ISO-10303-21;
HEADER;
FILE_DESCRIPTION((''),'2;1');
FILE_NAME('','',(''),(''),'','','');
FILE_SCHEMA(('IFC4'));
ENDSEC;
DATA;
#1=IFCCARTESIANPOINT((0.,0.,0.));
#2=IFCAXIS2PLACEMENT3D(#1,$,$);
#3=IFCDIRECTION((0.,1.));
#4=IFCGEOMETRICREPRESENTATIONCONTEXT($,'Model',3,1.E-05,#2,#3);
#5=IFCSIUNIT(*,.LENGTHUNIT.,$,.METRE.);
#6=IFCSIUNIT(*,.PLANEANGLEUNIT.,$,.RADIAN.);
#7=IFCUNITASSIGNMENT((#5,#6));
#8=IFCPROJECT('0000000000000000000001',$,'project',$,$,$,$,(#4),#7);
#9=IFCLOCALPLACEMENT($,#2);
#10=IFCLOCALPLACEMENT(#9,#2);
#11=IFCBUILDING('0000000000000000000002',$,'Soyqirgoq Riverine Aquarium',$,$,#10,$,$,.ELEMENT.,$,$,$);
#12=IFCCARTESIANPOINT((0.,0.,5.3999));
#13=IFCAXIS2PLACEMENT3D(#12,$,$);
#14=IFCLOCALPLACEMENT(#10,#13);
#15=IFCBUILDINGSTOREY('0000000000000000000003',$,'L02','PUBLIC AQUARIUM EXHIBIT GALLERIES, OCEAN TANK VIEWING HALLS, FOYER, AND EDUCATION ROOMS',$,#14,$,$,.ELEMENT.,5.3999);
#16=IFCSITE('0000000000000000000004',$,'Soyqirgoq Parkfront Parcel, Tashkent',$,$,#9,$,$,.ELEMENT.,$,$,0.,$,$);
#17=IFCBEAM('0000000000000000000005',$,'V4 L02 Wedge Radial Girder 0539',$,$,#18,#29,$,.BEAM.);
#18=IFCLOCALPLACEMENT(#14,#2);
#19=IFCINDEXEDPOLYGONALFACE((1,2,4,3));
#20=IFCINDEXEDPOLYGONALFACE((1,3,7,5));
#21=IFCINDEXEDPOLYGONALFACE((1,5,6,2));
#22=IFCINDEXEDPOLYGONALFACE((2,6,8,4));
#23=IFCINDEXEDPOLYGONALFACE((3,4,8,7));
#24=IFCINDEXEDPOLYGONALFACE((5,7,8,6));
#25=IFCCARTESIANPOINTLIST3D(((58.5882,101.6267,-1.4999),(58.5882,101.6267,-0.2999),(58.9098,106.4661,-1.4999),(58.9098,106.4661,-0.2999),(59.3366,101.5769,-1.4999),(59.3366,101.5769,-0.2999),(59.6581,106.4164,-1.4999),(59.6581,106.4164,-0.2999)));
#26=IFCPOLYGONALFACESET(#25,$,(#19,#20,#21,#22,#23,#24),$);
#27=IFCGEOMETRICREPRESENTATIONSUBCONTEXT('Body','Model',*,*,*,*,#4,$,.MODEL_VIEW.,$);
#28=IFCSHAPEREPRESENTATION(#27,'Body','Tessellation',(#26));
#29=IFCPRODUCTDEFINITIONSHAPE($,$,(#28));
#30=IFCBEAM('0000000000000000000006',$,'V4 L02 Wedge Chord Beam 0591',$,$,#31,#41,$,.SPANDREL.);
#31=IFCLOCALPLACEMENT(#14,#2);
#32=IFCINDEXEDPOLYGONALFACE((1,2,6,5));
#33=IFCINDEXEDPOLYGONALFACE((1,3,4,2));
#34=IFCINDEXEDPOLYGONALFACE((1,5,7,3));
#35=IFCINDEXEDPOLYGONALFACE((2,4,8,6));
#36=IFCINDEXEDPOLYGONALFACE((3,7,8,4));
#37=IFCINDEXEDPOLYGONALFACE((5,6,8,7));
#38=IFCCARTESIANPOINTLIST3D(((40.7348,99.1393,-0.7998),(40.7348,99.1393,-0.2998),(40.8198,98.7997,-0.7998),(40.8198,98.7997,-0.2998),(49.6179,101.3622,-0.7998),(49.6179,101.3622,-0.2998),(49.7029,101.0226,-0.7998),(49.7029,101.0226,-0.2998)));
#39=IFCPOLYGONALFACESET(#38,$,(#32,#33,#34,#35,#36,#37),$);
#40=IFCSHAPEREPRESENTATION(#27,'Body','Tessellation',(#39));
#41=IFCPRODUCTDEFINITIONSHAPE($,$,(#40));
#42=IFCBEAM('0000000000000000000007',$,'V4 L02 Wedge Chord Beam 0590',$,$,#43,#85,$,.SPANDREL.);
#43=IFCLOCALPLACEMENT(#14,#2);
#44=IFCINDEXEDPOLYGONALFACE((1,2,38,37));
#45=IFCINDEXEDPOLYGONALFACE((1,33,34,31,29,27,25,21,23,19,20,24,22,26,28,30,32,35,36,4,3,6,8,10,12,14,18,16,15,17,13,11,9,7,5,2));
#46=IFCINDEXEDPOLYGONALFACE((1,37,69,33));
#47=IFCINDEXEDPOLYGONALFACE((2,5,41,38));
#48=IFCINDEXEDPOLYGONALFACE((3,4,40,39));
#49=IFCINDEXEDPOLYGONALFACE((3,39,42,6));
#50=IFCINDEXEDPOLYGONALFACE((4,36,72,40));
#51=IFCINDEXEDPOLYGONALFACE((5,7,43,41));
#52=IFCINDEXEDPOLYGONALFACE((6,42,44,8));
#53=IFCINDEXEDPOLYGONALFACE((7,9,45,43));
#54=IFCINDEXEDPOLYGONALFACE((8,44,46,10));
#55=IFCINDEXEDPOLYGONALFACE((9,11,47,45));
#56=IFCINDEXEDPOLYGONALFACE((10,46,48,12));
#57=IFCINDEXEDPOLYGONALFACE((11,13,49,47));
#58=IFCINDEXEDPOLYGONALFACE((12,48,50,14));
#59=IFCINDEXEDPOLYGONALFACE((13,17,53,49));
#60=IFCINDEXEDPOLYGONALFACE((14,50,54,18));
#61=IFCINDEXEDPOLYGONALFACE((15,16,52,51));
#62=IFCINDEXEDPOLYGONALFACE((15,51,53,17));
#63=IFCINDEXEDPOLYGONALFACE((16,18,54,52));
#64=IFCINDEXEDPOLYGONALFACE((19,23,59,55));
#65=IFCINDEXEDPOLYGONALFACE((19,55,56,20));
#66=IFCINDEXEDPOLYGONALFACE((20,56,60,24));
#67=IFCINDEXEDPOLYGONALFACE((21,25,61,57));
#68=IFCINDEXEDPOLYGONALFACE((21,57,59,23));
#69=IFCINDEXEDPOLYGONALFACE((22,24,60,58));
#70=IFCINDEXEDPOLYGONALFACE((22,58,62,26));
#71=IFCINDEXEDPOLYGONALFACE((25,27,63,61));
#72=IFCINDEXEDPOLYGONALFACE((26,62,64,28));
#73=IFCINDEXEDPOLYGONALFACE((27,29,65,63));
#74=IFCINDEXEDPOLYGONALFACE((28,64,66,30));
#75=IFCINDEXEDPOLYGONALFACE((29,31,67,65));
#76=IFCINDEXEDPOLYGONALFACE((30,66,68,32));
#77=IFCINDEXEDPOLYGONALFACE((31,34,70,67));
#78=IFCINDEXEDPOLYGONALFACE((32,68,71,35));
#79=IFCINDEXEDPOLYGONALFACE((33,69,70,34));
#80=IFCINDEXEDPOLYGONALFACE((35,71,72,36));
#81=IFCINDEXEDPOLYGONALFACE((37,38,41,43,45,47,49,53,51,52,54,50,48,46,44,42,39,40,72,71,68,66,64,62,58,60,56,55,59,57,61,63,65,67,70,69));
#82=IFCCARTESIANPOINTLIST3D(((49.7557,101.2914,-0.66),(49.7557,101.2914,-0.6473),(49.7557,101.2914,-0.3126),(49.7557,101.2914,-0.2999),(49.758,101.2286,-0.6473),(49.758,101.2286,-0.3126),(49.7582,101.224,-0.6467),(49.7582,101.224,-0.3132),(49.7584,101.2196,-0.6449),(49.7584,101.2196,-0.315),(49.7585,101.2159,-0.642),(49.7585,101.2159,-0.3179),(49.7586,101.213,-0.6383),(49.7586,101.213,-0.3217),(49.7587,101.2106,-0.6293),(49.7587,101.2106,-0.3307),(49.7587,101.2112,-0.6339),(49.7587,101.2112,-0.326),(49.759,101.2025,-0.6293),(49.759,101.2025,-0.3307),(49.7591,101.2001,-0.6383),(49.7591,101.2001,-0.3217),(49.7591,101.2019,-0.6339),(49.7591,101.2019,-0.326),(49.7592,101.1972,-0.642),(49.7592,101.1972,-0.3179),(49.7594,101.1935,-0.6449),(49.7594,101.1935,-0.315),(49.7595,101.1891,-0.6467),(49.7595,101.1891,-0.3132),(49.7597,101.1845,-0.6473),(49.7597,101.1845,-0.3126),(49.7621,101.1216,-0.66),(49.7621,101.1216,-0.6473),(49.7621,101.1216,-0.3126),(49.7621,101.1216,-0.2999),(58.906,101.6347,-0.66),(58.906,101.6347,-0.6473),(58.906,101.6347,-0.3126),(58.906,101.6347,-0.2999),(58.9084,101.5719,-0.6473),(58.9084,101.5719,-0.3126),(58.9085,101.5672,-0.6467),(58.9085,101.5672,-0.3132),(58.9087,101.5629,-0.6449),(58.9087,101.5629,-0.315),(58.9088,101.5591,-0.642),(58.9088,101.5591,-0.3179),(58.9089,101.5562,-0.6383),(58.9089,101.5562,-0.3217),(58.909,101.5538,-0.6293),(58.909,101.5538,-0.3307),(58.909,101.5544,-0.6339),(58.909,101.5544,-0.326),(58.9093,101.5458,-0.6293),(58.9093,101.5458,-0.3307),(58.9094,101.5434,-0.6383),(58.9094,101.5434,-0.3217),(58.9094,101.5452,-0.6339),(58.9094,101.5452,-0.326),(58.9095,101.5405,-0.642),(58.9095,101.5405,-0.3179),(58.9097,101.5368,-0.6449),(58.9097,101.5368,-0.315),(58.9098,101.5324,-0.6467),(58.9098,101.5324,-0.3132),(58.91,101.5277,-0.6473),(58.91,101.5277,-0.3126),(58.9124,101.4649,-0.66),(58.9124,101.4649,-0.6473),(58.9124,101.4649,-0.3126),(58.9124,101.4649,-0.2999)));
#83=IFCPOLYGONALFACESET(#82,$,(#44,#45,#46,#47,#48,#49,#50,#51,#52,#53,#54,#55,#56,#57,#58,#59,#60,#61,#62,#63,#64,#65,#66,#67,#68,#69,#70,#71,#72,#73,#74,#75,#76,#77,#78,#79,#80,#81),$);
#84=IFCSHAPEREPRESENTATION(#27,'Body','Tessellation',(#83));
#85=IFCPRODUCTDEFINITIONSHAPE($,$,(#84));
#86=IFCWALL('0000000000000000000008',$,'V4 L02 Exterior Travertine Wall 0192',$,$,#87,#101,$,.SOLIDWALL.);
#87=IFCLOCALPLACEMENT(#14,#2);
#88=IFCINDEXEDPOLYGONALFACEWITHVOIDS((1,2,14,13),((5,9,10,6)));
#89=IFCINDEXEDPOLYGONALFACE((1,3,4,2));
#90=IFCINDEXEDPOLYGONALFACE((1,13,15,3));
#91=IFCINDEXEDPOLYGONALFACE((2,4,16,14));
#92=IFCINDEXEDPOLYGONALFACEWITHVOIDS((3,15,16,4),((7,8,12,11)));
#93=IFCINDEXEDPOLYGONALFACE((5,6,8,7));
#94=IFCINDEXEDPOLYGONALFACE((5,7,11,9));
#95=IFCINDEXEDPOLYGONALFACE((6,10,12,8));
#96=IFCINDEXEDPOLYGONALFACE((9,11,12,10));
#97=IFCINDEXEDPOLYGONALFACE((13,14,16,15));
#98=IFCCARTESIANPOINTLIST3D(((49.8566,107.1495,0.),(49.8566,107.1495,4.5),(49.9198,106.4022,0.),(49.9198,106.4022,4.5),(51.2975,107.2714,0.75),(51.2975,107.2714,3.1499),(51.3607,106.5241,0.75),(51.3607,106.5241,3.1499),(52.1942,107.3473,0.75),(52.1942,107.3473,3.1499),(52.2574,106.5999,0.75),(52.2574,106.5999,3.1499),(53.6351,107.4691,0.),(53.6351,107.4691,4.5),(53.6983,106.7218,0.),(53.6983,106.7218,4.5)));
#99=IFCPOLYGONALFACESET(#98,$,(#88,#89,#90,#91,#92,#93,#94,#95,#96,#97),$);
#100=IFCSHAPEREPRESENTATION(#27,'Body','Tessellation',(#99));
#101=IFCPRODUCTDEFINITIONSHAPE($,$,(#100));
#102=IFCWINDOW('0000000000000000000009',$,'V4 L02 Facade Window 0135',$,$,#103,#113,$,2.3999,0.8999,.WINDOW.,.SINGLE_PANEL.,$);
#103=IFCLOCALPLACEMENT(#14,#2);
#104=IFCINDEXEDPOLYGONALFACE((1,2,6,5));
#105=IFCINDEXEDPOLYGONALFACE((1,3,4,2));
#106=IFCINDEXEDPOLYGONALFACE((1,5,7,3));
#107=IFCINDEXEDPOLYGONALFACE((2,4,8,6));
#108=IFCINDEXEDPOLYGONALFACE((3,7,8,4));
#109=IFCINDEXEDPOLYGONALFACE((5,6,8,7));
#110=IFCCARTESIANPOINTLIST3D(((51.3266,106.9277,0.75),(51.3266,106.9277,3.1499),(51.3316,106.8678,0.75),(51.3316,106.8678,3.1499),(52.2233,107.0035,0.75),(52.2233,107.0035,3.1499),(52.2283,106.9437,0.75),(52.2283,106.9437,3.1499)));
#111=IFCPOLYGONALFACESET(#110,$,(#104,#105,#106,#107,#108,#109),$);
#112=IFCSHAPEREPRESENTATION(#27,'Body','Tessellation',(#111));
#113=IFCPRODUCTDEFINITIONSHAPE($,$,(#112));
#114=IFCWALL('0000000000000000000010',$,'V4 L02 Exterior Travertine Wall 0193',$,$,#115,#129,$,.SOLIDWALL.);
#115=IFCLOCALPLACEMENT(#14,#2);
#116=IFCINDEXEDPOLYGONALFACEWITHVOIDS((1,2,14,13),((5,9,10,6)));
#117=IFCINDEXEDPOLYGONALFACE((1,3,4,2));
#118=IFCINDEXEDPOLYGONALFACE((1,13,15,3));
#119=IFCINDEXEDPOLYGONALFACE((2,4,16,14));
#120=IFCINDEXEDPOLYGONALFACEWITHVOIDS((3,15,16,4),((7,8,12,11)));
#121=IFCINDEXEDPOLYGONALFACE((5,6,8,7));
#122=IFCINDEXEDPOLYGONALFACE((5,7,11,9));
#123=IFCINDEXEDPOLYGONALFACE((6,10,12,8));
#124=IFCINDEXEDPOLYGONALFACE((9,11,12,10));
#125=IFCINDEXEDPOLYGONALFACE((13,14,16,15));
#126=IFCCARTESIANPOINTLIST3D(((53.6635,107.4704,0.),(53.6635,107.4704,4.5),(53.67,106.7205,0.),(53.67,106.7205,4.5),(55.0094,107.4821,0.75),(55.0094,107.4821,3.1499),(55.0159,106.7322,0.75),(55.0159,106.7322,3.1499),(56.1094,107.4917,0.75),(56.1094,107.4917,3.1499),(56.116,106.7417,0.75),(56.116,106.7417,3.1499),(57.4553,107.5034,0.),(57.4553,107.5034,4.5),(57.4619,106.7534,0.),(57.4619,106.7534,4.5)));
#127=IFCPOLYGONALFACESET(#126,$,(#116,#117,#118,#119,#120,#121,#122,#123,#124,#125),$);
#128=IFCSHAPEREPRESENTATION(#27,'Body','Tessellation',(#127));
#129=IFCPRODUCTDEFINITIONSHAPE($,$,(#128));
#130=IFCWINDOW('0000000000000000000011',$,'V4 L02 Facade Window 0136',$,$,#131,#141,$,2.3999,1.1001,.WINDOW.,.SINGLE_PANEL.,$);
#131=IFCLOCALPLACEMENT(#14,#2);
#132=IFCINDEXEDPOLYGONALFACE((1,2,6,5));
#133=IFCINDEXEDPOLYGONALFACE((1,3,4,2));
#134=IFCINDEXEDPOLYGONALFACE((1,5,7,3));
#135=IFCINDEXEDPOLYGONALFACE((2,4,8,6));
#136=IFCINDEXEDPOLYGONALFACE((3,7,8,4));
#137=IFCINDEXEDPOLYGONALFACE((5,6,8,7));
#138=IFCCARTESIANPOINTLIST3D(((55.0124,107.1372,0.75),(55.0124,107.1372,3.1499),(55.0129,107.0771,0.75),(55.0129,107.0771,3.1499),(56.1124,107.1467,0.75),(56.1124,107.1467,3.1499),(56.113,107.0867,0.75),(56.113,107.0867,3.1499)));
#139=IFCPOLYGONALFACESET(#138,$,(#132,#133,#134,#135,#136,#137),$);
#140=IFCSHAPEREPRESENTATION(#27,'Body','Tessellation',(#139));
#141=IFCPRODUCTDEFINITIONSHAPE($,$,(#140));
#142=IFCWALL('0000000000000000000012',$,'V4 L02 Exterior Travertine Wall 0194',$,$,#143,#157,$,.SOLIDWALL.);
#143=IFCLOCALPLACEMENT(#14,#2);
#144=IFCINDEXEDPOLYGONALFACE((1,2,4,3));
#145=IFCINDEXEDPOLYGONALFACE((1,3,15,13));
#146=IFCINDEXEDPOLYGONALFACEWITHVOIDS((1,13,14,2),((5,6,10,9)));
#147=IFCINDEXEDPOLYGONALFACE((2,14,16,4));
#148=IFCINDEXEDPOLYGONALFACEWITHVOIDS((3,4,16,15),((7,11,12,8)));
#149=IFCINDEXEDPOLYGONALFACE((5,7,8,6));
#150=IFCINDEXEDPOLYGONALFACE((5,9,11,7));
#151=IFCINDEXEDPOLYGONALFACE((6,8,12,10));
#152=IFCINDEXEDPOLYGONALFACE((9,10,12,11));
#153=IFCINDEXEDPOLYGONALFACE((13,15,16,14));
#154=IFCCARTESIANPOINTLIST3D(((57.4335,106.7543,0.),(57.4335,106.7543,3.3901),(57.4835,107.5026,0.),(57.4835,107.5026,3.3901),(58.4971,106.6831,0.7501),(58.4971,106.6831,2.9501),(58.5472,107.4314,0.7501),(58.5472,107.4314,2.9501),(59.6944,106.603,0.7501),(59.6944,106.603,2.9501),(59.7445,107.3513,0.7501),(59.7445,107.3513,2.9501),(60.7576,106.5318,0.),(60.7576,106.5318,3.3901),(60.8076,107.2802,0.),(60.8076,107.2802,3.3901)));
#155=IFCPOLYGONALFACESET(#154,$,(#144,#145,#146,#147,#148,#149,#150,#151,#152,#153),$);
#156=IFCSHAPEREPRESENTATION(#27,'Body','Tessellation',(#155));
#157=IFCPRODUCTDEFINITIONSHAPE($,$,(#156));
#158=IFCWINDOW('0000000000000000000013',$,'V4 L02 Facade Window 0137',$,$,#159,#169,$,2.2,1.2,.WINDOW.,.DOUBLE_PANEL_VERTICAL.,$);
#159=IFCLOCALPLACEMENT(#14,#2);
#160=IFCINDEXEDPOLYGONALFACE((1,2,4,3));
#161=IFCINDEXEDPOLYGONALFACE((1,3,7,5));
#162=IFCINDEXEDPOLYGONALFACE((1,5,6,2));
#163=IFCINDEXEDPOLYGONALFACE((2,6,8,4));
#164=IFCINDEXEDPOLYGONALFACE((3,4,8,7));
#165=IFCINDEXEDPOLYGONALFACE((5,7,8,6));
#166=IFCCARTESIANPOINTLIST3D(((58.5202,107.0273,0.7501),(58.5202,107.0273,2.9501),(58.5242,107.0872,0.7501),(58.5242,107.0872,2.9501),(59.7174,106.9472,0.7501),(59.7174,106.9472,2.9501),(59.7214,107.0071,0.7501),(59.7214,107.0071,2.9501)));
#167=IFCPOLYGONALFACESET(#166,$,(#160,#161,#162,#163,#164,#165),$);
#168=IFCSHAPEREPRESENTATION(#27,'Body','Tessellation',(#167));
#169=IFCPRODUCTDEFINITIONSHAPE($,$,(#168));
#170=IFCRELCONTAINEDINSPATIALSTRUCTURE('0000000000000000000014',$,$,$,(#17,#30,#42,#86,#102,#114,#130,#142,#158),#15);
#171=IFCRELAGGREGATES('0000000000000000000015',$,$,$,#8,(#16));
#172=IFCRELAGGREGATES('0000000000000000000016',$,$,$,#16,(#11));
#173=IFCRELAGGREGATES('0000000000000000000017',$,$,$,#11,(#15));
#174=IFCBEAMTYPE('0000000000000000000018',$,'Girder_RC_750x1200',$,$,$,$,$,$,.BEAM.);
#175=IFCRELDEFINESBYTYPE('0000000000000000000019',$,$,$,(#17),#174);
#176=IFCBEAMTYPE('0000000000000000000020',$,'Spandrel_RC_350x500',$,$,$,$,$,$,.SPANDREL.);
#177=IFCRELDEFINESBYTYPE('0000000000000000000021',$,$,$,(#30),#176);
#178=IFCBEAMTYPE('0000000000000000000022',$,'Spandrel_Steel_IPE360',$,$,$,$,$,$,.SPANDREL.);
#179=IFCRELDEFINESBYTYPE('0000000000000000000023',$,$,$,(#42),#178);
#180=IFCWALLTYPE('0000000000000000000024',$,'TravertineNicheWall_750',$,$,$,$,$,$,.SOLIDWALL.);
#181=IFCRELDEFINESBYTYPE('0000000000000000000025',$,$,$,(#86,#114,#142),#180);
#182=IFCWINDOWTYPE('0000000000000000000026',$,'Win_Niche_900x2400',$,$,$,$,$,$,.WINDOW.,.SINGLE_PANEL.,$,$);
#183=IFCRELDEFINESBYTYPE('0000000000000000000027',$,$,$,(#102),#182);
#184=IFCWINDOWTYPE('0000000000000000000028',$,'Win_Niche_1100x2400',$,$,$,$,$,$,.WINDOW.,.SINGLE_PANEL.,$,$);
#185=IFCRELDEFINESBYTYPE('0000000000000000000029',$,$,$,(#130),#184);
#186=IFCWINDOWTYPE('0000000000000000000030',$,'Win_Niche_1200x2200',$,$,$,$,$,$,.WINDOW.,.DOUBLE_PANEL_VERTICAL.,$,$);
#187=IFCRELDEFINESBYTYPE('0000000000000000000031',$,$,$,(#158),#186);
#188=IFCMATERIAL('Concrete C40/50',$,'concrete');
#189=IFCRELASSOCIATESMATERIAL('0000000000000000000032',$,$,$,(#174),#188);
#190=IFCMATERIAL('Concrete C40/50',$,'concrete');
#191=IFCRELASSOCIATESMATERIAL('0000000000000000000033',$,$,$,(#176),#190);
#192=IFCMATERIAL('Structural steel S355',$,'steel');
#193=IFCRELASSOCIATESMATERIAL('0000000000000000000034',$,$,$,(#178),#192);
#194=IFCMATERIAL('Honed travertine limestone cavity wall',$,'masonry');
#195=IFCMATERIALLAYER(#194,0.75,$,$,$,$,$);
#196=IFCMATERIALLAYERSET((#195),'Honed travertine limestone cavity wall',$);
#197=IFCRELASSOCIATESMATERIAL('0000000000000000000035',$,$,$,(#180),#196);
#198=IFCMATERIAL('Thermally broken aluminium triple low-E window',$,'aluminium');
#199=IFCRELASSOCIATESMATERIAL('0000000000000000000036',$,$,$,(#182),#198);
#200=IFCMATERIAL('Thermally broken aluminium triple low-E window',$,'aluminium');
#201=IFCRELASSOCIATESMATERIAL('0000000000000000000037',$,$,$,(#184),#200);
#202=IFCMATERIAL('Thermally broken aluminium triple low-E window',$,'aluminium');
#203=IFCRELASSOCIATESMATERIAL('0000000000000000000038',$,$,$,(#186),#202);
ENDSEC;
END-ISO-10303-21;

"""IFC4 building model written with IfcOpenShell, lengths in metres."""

from ifc_helpers import new_model, si_unit, direction, frame, frame_2d, origin, origin_2d, place, context, subcontext, project, spatial, rectangle, i_section, extrude, material, layer, layer_set, material_profile, profile_set, type_object, element, fill, save


model = new_model("IFC4")

# Units and contexts
model_context = context("Model", 3, precision=1e-05, world=origin(), true_north=direction((0.0, 1.0)))
body_context = subcontext(model_context, "Body", "Model", "MODEL_VIEW")
ifc_project = project(units=[si_unit("LENGTHUNIT", "METRE"), si_unit("PLANEANGLEUNIT", "RADIAN")], contexts=[model_context])

# Site, building, storey
site_placement = place(None, origin())
site = spatial("IfcSite", under=ifc_project, at=site_placement, Name="Soyqirgoq Parkfront Parcel, Tashkent", CompositionType="ELEMENT", RefElevation=0.0)
building_placement = place(site_placement, origin())
building = spatial("IfcBuilding", under=site, at=building_placement, Name="Soyqirgoq Riverine Aquarium", CompositionType="ELEMENT")
storey_placement = place(building_placement, frame((0.0, 0.0, 5.3999)))
storey = spatial("IfcBuildingStorey", under=building, at=storey_placement, Name="L02", Description="PUBLIC AQUARIUM EXHIBIT GALLERIES, OCEAN TANK VIEWING HALLS, FOYER, AND EDUCATION ROOMS", CompositionType="ELEMENT", Elevation=5.3999)

# Beams
ifc_material_1 = material(Name="Concrete C40/50", Category="concrete")
ifc_material_profile_1 = material_profile(ifc_material_1, rectangle(XDim=0.75, YDim=1.2, at=origin_2d()), Name="RC 750x1200")
ifc_profile_set_1 = profile_set([ifc_material_profile_1], Name="Concrete C40/50")
beam_type_1 = type_object("IfcBeamType", Name="Girder_RC_750x1200", PredefinedType="BEAM", material=ifc_profile_set_1)
beam_1_placement = place(storey_placement, frame((58.9624, 101.6018, -0.8999), z_axis=(0.066295, 0.9978, 0.0), x_axis=(-0.9978, 0.066295, 0.0)))
element("IfcBeam", 1, at=beam_1_placement, inside=storey, type_object=beam_type_1, Name="V4 L02 Wedge Radial Girder 0539", PredefinedType="BEAM", context=body_context, shape_type="SweptSolid", body=[
    extrude(rectangle(XDim=0.75, YDim=1.2, at=origin_2d()), origin(), (0.0, 0.0, 1.0), 4.8501),
])
ifc_material_2 = material(Name="Concrete C40/50", Category="concrete")
ifc_material_profile_2 = material_profile(ifc_material_2, rectangle(XDim=0.3501, YDim=0.5, at=origin_2d()), Name="RC 350x500")
ifc_profile_set_2 = profile_set([ifc_material_profile_2], Name="Concrete C40/50")
beam_type_2 = type_object("IfcBeamType", Name="Spandrel_RC_350x500", PredefinedType="SPANDREL", material=ifc_profile_set_2)
beam_2_placement = place(storey_placement, frame((49.6604, 101.1924, -0.5498), z_axis=(-0.970088, -0.242755, 0.0), x_axis=(0.242755, -0.970088, 0.0)))
element("IfcBeam", 2, at=beam_2_placement, inside=storey, type_object=beam_type_2, Name="V4 L02 Wedge Chord Beam 0591", PredefinedType="SPANDREL", context=body_context, shape_type="SweptSolid", body=[
    extrude(rectangle(XDim=0.3501, YDim=0.5, at=origin_2d()), origin(), (0.0, 0.0, 1.0), 9.157),
])
ifc_material_3 = material(Name="Structural steel S355", Category="steel")
ifc_material_profile_3 = material_profile(ifc_material_3, i_section(OverallWidth=0.1699, OverallDepth=0.3601, WebThickness=0.0081, FlangeThickness=0.0127, FilletRadius=0.0181, at=origin_2d()), Name="IPE 360")
ifc_profile_set_3 = profile_set([ifc_material_profile_3], Name="Structural steel S355")
beam_type_3 = type_object("IfcBeamType", Name="Spandrel_Steel_IPE360", PredefinedType="SPANDREL", material=ifc_profile_set_3)
beam_3_placement = place(storey_placement, frame((58.9092, 101.5498, -0.48), z_axis=(-0.999297, -0.037487, 0.0), x_axis=(0.037487, -0.999297, 0.0)))
element("IfcBeam", 3, at=beam_3_placement, inside=storey, type_object=beam_type_3, Name="V4 L02 Wedge Chord Beam 0590", PredefinedType="SPANDREL", context=body_context, shape_type="SweptSolid", body=[
    extrude(i_section(OverallWidth=0.1699, OverallDepth=0.3601, WebThickness=0.0081, FlangeThickness=0.0127, FilletRadius=0.0181, at=origin_2d()), origin(), (0.0, 0.0, 1.0), 9.1567),
])

# Walls, openings, windows
ifc_material_4 = material(Name="Honed travertine limestone cavity wall", Category="masonry")
ifc_layer = layer(ifc_material_4, 0.75)
ifc_layer_set = layer_set([ifc_layer], Name="Honed travertine limestone cavity wall")
wall_type = type_object("IfcWallType", Name="TravertineNicheWall_750", PredefinedType="SOLIDWALL", material=ifc_layer_set)
wall_1_placement = place(storey_placement, frame((49.8882, 106.7759, 0.0), z_axis=(0.0, 0.0, 1.0), x_axis=(0.996442, 0.084276, 0.0)))
wall_1 = element("IfcWall", 4, at=wall_1_placement, inside=storey, type_object=wall_type, Name="V4 L02 Exterior Travertine Wall 0192", PredefinedType="SOLIDWALL", context=body_context, shape_type="SweptSolid", body=[
    extrude(rectangle(XDim=3.792, YDim=0.75, at=frame_2d((1.896, 0.0))), origin(), (0.0, 0.0, 1.0), 4.5),
])
opening_1_placement = place(wall_1_placement, frame((1.446, 0.0, 0.75)))
opening_1 = element("IfcOpeningElement", 5, at=opening_1_placement, cuts=wall_1, PredefinedType="OPENING", context=body_context, shape_type="SweptSolid", body=[
    extrude(rectangle(XDim=0.8999, YDim=2.3999, at=frame_2d((0.45, 1.2))), frame((0.0, 0.385, 0.0), z_axis=(0.0, -1.0, 0.0), x_axis=(1.0, 0.0, 0.0)), (0.0, 0.0, 1.0), 0.77),
])
ifc_material_5 = material(Name="Thermally broken aluminium triple low-E window", Category="aluminium")
window_type_1 = type_object("IfcWindowType", Name="Win_Niche_900x2400", PartitioningType="SINGLE_PANEL", PredefinedType="WINDOW", material=ifc_material_5)
window_1_placement = place(opening_1_placement, origin())
window_1 = element("IfcWindow", 6, at=window_1_placement, inside=storey, type_object=window_type_1, Name="V4 L02 Facade Window 0135", OverallHeight=2.3999, OverallWidth=0.8999, PartitioningType="SINGLE_PANEL", PredefinedType="WINDOW", context=body_context, shape_type="SweptSolid", body=[
    extrude(rectangle(XDim=0.8999, YDim=2.3999, at=frame_2d((0.45, 1.2))), frame((0.0, 0.03, 0.0), z_axis=(0.0, -1.0, 0.0), x_axis=(1.0, 0.0, 0.0)), (0.0, 0.0, 1.0), 0.0601),
])
fill(opening_1, window_1)
wall_2_placement = place(storey_placement, frame((53.6667, 107.0955, 0.0), z_axis=(0.0, 0.0, 1.0), x_axis=(0.999962, 0.008692, 0.0)))
wall_2 = element("IfcWall", 7, at=wall_2_placement, inside=storey, type_object=wall_type, Name="V4 L02 Exterior Travertine Wall 0193", PredefinedType="SOLIDWALL", context=body_context, shape_type="SweptSolid", body=[
    extrude(rectangle(XDim=3.792, YDim=0.75, at=frame_2d((1.896, 0.0))), origin(), (0.0, 0.0, 1.0), 4.5),
])
opening_2_placement = place(wall_2_placement, frame((1.3459, 0.0, 0.75)))
opening_2 = element("IfcOpeningElement", 8, at=opening_2_placement, cuts=wall_2, PredefinedType="OPENING", context=body_context, shape_type="SweptSolid", body=[
    extrude(rectangle(XDim=1.1001, YDim=2.3999, at=frame_2d((0.55, 1.2))), frame((0.0, 0.385, 0.0), z_axis=(0.0, -1.0, 0.0), x_axis=(1.0, 0.0, 0.0)), (0.0, 0.0, 1.0), 0.77),
])
ifc_material_6 = material(Name="Thermally broken aluminium triple low-E window", Category="aluminium")
window_type_2 = type_object("IfcWindowType", Name="Win_Niche_1100x2400", PartitioningType="SINGLE_PANEL", PredefinedType="WINDOW", material=ifc_material_6)
window_2_placement = place(opening_2_placement, origin())
window_2 = element("IfcWindow", 9, at=window_2_placement, inside=storey, type_object=window_type_2, Name="V4 L02 Facade Window 0136", OverallHeight=2.3999, OverallWidth=1.1001, PartitioningType="SINGLE_PANEL", PredefinedType="WINDOW", context=body_context, shape_type="SweptSolid", body=[
    extrude(rectangle(XDim=1.1001, YDim=2.3999, at=frame_2d((0.55, 1.2))), frame((0.0, 0.03, 0.0), z_axis=(0.0, -1.0, 0.0), x_axis=(1.0, 0.0, 0.0)), (0.0, 0.0, 1.0), 0.0601),
])
fill(opening_2, window_2)
wall_3_placement = place(storey_placement, frame((57.4585, 107.1284, 0.0), z_axis=(0.0, 0.0, 1.0), x_axis=(0.997769, -0.066757, 0.0)))
wall_3 = element("IfcWall", 10, at=wall_3_placement, inside=storey, type_object=wall_type, Name="V4 L02 Exterior Travertine Wall 0194", PredefinedType="SOLIDWALL", context=body_context, shape_type="SweptSolid", body=[
    extrude(rectangle(XDim=3.3315, YDim=0.75, at=frame_2d((1.6658, 0.0))), origin(), (0.0, 0.0, 1.0), 3.3901),
])
opening_3_placement = place(wall_3_placement, frame((1.0659, 0.0, 0.75)))
opening_3 = element("IfcOpeningElement", 11, at=opening_3_placement, cuts=wall_3, PredefinedType="OPENING", context=body_context, shape_type="SweptSolid", body=[
    extrude(rectangle(XDim=1.2, YDim=2.2, at=frame_2d((0.6001, 1.1001))), frame((0.0, 0.385, 0.0), z_axis=(0.0, -1.0, 0.0), x_axis=(1.0, 0.0, 0.0)), (0.0, 0.0, 1.0), 0.77),
])
ifc_material_7 = material(Name="Thermally broken aluminium triple low-E window", Category="aluminium")
window_type_3 = type_object("IfcWindowType", Name="Win_Niche_1200x2200", PartitioningType="DOUBLE_PANEL_VERTICAL", PredefinedType="WINDOW", material=ifc_material_7)
window_3_placement = place(opening_3_placement, origin())
window_3 = element("IfcWindow", 12, at=window_3_placement, inside=storey, type_object=window_type_3, Name="V4 L02 Facade Window 0137", OverallHeight=2.2, OverallWidth=1.2, PartitioningType="DOUBLE_PANEL_VERTICAL", PredefinedType="WINDOW", context=body_context, shape_type="SweptSolid", body=[
    extrude(rectangle(XDim=1.2, YDim=2.2, at=frame_2d((0.6001, 1.1001))), frame((0.0, 0.03, 0.0), z_axis=(0.0, -1.0, 0.0), x_axis=(1.0, 0.0, 0.0)), (0.0, 0.0, 1.0), 0.0601),
])
fill(opening_3, window_3)

save(model, "model.ifc")
